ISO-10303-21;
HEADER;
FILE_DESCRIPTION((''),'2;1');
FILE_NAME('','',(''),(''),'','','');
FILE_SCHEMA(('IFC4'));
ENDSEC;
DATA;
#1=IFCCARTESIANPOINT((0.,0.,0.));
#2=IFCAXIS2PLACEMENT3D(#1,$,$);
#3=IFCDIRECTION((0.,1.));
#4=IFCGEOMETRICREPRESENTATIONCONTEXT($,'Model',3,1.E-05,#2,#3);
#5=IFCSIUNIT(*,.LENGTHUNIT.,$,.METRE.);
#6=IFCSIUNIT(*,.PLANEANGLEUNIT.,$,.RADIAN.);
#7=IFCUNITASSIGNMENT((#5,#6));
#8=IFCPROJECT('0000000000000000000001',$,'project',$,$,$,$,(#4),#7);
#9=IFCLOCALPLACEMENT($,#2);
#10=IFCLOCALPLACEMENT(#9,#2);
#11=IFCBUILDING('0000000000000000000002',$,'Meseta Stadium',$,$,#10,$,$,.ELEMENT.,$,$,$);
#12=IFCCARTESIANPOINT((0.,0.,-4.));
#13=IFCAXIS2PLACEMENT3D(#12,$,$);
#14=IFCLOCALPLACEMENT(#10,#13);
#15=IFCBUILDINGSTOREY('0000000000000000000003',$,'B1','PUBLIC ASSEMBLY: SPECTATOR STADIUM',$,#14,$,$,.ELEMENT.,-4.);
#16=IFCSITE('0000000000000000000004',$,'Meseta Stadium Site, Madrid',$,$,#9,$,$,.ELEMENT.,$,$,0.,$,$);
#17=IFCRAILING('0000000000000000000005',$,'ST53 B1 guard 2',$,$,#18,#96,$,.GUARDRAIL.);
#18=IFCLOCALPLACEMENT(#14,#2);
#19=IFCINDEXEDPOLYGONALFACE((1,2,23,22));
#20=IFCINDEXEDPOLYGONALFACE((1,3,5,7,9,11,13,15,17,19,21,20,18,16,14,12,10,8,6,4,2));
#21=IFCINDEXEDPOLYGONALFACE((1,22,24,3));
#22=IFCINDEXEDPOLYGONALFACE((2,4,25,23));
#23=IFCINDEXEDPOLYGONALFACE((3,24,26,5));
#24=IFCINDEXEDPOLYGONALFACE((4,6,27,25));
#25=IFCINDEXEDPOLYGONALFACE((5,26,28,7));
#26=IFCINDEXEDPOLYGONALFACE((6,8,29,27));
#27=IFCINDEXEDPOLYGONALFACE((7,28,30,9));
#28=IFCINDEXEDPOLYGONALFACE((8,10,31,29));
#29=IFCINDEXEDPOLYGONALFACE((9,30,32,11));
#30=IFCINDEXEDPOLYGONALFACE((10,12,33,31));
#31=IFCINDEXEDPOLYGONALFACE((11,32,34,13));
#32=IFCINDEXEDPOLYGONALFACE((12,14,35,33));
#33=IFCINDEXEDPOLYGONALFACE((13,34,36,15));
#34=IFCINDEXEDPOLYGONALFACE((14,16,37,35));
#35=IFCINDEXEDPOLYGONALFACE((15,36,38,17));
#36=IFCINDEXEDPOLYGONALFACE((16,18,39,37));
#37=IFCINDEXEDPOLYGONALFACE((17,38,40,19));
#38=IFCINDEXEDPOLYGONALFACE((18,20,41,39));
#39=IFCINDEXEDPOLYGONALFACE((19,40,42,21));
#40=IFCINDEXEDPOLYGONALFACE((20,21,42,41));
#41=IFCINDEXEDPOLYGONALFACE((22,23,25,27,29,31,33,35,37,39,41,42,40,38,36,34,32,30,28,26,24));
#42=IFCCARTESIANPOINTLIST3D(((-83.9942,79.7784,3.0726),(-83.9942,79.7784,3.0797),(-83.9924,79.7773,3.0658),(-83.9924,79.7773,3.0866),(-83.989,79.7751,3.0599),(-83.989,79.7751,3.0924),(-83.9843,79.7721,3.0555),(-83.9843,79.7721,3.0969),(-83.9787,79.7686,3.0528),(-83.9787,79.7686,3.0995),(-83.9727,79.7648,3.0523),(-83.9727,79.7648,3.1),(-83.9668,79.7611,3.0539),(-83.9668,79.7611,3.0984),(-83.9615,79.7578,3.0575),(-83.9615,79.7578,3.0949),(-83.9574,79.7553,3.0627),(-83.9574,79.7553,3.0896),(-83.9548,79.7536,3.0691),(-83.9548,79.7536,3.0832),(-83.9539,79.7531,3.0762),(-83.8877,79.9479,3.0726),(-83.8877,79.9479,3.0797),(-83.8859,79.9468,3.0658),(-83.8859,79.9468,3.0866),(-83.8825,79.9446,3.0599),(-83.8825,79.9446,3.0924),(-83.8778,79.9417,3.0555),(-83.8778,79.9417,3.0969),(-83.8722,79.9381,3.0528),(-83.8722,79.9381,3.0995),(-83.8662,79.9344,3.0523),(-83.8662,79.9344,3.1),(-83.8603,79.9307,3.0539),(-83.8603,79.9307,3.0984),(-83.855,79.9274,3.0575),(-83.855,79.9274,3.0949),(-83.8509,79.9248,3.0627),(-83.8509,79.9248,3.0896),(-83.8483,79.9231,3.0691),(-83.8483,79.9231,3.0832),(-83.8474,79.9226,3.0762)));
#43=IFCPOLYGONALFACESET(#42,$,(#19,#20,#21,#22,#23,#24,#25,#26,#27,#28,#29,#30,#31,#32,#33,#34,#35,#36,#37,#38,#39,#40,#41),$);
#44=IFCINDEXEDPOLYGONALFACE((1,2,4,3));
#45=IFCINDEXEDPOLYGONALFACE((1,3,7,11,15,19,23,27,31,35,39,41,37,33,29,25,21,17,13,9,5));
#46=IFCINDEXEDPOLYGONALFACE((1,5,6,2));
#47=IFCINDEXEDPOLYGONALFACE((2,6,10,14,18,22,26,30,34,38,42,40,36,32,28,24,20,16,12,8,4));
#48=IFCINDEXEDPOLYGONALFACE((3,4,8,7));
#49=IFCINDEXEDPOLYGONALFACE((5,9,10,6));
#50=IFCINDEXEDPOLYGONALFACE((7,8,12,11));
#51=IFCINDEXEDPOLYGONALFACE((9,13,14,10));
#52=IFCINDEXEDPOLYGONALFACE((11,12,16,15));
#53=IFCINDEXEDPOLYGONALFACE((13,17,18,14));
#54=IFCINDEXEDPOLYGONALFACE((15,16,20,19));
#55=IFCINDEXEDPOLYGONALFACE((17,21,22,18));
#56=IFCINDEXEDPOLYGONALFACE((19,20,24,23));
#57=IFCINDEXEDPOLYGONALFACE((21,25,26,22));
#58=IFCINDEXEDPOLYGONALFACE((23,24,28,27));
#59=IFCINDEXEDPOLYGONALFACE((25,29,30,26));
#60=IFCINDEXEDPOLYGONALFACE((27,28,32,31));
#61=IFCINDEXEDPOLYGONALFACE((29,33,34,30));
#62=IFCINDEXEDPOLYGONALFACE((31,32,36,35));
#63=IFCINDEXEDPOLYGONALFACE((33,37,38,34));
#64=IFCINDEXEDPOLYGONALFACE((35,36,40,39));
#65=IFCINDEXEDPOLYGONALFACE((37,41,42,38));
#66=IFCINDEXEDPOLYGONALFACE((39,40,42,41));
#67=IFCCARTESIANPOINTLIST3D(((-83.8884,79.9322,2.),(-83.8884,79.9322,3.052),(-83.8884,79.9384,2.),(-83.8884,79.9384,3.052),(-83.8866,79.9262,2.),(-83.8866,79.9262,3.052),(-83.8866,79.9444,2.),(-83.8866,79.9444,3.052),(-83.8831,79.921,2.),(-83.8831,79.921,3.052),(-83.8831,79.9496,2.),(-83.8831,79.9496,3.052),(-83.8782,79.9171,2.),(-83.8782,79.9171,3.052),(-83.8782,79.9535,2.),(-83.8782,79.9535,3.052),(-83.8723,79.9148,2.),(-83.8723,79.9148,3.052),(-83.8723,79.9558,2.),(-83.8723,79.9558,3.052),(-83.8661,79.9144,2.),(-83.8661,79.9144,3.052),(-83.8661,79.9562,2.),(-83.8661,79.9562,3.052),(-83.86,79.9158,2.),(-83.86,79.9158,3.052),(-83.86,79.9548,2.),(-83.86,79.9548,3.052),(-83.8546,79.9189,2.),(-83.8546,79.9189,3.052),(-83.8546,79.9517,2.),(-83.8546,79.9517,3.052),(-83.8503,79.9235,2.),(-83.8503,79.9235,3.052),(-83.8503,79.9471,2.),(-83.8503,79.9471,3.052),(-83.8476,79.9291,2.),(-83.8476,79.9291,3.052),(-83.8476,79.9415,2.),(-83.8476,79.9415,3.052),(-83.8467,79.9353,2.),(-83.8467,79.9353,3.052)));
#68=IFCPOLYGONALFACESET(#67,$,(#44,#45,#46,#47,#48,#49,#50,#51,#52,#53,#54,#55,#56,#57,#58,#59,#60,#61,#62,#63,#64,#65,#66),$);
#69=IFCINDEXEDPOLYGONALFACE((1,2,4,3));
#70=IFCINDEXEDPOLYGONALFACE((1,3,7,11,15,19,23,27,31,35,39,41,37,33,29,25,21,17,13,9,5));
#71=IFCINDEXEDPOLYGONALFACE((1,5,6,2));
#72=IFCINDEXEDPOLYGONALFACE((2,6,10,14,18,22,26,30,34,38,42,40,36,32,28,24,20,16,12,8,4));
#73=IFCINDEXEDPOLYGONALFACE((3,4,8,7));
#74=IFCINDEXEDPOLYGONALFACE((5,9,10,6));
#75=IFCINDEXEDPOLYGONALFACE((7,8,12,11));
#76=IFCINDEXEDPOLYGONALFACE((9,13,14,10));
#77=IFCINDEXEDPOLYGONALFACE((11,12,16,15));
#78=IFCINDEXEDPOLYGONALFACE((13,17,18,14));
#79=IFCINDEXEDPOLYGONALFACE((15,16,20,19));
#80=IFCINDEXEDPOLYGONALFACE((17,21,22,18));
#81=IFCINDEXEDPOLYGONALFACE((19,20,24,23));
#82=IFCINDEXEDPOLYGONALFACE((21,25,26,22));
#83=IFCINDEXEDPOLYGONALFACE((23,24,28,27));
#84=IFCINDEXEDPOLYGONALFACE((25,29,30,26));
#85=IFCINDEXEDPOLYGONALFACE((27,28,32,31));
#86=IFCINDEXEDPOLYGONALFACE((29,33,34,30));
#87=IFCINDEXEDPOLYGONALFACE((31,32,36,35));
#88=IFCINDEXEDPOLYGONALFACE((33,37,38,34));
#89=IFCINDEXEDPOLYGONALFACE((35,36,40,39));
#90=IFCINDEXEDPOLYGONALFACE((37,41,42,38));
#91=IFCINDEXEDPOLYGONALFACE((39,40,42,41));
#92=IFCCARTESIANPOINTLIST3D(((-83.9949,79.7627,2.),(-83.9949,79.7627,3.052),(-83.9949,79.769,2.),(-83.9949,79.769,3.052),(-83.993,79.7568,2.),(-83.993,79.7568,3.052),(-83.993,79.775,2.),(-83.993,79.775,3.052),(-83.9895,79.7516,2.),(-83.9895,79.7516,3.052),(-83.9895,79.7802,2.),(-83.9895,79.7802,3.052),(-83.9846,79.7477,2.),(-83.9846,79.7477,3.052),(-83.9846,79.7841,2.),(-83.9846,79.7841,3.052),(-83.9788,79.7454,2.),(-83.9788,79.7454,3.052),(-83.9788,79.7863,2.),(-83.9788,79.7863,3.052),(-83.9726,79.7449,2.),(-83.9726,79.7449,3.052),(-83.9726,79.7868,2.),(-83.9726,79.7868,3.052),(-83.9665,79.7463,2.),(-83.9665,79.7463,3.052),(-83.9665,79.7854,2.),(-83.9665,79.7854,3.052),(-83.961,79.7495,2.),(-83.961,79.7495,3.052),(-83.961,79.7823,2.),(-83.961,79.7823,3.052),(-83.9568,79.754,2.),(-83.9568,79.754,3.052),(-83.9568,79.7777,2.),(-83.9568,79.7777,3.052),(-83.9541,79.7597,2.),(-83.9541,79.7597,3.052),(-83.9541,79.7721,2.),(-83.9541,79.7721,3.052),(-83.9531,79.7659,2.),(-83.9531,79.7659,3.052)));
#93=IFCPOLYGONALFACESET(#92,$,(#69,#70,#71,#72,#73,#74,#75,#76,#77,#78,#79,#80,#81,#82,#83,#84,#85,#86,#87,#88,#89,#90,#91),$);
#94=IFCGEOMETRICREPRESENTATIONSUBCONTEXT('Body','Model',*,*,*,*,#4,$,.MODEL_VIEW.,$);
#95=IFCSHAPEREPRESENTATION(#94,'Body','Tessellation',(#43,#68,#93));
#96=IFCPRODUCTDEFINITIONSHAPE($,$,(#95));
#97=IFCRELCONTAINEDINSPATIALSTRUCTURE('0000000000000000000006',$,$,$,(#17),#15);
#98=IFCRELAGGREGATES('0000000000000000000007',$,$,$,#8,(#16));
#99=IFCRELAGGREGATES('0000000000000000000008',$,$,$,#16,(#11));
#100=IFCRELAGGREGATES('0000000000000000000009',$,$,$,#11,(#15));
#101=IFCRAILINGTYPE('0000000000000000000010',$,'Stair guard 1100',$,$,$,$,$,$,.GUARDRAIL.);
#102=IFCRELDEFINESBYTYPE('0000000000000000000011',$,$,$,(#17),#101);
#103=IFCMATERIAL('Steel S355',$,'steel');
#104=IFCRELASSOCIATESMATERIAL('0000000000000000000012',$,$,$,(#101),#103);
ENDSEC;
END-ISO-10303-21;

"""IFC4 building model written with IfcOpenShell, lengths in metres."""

from ifc_helpers import new_model, si_unit, direction, frame, origin, origin_2d, place, context, subcontext, project, spatial, circle, extrude, material, type_object, element, save


model = new_model("IFC4")

# Units and contexts
model_context = context("Model", 3, precision=1e-05, world=origin(), true_north=direction((0.0, 1.0)))
body_context = subcontext(model_context, "Body", "Model", "MODEL_VIEW")
ifc_project = project(units=[si_unit("LENGTHUNIT", "METRE"), si_unit("PLANEANGLEUNIT", "RADIAN")], contexts=[model_context])

# Site, building, storey
site_placement = place(None, origin())
site = spatial("IfcSite", under=ifc_project, at=site_placement, Name="Meseta Stadium Site, Madrid", CompositionType="ELEMENT", RefElevation=0.0)
building_placement = place(site_placement, origin())
building = spatial("IfcBuilding", under=site, at=building_placement, Name="Meseta Stadium", CompositionType="ELEMENT")
storey_placement = place(building_placement, frame((0.0, 0.0, -4.0)))
storey = spatial("IfcBuildingStorey", under=building, at=storey_placement, Name="B1", Description="PUBLIC ASSEMBLY: SPECTATOR STADIUM", CompositionType="ELEMENT", Elevation=-4.0)

# Railing
ifc_material_1 = material(Name="Steel S355", Category="steel")
railing_type_1 = type_object("IfcRailingType", Name="Stair guard 1100", PredefinedType="GUARDRAIL", material=ifc_material_1)
railing_1_placement = place(storey_placement, frame((-83.8677, 79.9353, 2.0)))
element("IfcRailing", 1, at=railing_1_placement, inside=storey, type_object=railing_type_1, Name="ST53 B1 guard 2", PredefinedType="GUARDRAIL", context=body_context, shape_type="SweptSolid", body=[
    extrude(circle(Radius=0.0239, at=origin_2d()), frame((0.0, 0.0, 1.0762), z_axis=(-0.531972, -0.846762, 0.0), x_axis=(0.846762, -0.531972, 0.0)), (0.0, 0.0, 1.0), 0.2002),
    extrude(circle(Radius=0.021, at=origin_2d()), origin(), (0.0, 0.0, 1.0), 1.052),
    extrude(circle(Radius=0.021, at=origin_2d()), frame((-0.1064, -0.1694, 0.0)), (0.0, 0.0, 1.0), 1.052),
])

save(model, "model.ifc")
